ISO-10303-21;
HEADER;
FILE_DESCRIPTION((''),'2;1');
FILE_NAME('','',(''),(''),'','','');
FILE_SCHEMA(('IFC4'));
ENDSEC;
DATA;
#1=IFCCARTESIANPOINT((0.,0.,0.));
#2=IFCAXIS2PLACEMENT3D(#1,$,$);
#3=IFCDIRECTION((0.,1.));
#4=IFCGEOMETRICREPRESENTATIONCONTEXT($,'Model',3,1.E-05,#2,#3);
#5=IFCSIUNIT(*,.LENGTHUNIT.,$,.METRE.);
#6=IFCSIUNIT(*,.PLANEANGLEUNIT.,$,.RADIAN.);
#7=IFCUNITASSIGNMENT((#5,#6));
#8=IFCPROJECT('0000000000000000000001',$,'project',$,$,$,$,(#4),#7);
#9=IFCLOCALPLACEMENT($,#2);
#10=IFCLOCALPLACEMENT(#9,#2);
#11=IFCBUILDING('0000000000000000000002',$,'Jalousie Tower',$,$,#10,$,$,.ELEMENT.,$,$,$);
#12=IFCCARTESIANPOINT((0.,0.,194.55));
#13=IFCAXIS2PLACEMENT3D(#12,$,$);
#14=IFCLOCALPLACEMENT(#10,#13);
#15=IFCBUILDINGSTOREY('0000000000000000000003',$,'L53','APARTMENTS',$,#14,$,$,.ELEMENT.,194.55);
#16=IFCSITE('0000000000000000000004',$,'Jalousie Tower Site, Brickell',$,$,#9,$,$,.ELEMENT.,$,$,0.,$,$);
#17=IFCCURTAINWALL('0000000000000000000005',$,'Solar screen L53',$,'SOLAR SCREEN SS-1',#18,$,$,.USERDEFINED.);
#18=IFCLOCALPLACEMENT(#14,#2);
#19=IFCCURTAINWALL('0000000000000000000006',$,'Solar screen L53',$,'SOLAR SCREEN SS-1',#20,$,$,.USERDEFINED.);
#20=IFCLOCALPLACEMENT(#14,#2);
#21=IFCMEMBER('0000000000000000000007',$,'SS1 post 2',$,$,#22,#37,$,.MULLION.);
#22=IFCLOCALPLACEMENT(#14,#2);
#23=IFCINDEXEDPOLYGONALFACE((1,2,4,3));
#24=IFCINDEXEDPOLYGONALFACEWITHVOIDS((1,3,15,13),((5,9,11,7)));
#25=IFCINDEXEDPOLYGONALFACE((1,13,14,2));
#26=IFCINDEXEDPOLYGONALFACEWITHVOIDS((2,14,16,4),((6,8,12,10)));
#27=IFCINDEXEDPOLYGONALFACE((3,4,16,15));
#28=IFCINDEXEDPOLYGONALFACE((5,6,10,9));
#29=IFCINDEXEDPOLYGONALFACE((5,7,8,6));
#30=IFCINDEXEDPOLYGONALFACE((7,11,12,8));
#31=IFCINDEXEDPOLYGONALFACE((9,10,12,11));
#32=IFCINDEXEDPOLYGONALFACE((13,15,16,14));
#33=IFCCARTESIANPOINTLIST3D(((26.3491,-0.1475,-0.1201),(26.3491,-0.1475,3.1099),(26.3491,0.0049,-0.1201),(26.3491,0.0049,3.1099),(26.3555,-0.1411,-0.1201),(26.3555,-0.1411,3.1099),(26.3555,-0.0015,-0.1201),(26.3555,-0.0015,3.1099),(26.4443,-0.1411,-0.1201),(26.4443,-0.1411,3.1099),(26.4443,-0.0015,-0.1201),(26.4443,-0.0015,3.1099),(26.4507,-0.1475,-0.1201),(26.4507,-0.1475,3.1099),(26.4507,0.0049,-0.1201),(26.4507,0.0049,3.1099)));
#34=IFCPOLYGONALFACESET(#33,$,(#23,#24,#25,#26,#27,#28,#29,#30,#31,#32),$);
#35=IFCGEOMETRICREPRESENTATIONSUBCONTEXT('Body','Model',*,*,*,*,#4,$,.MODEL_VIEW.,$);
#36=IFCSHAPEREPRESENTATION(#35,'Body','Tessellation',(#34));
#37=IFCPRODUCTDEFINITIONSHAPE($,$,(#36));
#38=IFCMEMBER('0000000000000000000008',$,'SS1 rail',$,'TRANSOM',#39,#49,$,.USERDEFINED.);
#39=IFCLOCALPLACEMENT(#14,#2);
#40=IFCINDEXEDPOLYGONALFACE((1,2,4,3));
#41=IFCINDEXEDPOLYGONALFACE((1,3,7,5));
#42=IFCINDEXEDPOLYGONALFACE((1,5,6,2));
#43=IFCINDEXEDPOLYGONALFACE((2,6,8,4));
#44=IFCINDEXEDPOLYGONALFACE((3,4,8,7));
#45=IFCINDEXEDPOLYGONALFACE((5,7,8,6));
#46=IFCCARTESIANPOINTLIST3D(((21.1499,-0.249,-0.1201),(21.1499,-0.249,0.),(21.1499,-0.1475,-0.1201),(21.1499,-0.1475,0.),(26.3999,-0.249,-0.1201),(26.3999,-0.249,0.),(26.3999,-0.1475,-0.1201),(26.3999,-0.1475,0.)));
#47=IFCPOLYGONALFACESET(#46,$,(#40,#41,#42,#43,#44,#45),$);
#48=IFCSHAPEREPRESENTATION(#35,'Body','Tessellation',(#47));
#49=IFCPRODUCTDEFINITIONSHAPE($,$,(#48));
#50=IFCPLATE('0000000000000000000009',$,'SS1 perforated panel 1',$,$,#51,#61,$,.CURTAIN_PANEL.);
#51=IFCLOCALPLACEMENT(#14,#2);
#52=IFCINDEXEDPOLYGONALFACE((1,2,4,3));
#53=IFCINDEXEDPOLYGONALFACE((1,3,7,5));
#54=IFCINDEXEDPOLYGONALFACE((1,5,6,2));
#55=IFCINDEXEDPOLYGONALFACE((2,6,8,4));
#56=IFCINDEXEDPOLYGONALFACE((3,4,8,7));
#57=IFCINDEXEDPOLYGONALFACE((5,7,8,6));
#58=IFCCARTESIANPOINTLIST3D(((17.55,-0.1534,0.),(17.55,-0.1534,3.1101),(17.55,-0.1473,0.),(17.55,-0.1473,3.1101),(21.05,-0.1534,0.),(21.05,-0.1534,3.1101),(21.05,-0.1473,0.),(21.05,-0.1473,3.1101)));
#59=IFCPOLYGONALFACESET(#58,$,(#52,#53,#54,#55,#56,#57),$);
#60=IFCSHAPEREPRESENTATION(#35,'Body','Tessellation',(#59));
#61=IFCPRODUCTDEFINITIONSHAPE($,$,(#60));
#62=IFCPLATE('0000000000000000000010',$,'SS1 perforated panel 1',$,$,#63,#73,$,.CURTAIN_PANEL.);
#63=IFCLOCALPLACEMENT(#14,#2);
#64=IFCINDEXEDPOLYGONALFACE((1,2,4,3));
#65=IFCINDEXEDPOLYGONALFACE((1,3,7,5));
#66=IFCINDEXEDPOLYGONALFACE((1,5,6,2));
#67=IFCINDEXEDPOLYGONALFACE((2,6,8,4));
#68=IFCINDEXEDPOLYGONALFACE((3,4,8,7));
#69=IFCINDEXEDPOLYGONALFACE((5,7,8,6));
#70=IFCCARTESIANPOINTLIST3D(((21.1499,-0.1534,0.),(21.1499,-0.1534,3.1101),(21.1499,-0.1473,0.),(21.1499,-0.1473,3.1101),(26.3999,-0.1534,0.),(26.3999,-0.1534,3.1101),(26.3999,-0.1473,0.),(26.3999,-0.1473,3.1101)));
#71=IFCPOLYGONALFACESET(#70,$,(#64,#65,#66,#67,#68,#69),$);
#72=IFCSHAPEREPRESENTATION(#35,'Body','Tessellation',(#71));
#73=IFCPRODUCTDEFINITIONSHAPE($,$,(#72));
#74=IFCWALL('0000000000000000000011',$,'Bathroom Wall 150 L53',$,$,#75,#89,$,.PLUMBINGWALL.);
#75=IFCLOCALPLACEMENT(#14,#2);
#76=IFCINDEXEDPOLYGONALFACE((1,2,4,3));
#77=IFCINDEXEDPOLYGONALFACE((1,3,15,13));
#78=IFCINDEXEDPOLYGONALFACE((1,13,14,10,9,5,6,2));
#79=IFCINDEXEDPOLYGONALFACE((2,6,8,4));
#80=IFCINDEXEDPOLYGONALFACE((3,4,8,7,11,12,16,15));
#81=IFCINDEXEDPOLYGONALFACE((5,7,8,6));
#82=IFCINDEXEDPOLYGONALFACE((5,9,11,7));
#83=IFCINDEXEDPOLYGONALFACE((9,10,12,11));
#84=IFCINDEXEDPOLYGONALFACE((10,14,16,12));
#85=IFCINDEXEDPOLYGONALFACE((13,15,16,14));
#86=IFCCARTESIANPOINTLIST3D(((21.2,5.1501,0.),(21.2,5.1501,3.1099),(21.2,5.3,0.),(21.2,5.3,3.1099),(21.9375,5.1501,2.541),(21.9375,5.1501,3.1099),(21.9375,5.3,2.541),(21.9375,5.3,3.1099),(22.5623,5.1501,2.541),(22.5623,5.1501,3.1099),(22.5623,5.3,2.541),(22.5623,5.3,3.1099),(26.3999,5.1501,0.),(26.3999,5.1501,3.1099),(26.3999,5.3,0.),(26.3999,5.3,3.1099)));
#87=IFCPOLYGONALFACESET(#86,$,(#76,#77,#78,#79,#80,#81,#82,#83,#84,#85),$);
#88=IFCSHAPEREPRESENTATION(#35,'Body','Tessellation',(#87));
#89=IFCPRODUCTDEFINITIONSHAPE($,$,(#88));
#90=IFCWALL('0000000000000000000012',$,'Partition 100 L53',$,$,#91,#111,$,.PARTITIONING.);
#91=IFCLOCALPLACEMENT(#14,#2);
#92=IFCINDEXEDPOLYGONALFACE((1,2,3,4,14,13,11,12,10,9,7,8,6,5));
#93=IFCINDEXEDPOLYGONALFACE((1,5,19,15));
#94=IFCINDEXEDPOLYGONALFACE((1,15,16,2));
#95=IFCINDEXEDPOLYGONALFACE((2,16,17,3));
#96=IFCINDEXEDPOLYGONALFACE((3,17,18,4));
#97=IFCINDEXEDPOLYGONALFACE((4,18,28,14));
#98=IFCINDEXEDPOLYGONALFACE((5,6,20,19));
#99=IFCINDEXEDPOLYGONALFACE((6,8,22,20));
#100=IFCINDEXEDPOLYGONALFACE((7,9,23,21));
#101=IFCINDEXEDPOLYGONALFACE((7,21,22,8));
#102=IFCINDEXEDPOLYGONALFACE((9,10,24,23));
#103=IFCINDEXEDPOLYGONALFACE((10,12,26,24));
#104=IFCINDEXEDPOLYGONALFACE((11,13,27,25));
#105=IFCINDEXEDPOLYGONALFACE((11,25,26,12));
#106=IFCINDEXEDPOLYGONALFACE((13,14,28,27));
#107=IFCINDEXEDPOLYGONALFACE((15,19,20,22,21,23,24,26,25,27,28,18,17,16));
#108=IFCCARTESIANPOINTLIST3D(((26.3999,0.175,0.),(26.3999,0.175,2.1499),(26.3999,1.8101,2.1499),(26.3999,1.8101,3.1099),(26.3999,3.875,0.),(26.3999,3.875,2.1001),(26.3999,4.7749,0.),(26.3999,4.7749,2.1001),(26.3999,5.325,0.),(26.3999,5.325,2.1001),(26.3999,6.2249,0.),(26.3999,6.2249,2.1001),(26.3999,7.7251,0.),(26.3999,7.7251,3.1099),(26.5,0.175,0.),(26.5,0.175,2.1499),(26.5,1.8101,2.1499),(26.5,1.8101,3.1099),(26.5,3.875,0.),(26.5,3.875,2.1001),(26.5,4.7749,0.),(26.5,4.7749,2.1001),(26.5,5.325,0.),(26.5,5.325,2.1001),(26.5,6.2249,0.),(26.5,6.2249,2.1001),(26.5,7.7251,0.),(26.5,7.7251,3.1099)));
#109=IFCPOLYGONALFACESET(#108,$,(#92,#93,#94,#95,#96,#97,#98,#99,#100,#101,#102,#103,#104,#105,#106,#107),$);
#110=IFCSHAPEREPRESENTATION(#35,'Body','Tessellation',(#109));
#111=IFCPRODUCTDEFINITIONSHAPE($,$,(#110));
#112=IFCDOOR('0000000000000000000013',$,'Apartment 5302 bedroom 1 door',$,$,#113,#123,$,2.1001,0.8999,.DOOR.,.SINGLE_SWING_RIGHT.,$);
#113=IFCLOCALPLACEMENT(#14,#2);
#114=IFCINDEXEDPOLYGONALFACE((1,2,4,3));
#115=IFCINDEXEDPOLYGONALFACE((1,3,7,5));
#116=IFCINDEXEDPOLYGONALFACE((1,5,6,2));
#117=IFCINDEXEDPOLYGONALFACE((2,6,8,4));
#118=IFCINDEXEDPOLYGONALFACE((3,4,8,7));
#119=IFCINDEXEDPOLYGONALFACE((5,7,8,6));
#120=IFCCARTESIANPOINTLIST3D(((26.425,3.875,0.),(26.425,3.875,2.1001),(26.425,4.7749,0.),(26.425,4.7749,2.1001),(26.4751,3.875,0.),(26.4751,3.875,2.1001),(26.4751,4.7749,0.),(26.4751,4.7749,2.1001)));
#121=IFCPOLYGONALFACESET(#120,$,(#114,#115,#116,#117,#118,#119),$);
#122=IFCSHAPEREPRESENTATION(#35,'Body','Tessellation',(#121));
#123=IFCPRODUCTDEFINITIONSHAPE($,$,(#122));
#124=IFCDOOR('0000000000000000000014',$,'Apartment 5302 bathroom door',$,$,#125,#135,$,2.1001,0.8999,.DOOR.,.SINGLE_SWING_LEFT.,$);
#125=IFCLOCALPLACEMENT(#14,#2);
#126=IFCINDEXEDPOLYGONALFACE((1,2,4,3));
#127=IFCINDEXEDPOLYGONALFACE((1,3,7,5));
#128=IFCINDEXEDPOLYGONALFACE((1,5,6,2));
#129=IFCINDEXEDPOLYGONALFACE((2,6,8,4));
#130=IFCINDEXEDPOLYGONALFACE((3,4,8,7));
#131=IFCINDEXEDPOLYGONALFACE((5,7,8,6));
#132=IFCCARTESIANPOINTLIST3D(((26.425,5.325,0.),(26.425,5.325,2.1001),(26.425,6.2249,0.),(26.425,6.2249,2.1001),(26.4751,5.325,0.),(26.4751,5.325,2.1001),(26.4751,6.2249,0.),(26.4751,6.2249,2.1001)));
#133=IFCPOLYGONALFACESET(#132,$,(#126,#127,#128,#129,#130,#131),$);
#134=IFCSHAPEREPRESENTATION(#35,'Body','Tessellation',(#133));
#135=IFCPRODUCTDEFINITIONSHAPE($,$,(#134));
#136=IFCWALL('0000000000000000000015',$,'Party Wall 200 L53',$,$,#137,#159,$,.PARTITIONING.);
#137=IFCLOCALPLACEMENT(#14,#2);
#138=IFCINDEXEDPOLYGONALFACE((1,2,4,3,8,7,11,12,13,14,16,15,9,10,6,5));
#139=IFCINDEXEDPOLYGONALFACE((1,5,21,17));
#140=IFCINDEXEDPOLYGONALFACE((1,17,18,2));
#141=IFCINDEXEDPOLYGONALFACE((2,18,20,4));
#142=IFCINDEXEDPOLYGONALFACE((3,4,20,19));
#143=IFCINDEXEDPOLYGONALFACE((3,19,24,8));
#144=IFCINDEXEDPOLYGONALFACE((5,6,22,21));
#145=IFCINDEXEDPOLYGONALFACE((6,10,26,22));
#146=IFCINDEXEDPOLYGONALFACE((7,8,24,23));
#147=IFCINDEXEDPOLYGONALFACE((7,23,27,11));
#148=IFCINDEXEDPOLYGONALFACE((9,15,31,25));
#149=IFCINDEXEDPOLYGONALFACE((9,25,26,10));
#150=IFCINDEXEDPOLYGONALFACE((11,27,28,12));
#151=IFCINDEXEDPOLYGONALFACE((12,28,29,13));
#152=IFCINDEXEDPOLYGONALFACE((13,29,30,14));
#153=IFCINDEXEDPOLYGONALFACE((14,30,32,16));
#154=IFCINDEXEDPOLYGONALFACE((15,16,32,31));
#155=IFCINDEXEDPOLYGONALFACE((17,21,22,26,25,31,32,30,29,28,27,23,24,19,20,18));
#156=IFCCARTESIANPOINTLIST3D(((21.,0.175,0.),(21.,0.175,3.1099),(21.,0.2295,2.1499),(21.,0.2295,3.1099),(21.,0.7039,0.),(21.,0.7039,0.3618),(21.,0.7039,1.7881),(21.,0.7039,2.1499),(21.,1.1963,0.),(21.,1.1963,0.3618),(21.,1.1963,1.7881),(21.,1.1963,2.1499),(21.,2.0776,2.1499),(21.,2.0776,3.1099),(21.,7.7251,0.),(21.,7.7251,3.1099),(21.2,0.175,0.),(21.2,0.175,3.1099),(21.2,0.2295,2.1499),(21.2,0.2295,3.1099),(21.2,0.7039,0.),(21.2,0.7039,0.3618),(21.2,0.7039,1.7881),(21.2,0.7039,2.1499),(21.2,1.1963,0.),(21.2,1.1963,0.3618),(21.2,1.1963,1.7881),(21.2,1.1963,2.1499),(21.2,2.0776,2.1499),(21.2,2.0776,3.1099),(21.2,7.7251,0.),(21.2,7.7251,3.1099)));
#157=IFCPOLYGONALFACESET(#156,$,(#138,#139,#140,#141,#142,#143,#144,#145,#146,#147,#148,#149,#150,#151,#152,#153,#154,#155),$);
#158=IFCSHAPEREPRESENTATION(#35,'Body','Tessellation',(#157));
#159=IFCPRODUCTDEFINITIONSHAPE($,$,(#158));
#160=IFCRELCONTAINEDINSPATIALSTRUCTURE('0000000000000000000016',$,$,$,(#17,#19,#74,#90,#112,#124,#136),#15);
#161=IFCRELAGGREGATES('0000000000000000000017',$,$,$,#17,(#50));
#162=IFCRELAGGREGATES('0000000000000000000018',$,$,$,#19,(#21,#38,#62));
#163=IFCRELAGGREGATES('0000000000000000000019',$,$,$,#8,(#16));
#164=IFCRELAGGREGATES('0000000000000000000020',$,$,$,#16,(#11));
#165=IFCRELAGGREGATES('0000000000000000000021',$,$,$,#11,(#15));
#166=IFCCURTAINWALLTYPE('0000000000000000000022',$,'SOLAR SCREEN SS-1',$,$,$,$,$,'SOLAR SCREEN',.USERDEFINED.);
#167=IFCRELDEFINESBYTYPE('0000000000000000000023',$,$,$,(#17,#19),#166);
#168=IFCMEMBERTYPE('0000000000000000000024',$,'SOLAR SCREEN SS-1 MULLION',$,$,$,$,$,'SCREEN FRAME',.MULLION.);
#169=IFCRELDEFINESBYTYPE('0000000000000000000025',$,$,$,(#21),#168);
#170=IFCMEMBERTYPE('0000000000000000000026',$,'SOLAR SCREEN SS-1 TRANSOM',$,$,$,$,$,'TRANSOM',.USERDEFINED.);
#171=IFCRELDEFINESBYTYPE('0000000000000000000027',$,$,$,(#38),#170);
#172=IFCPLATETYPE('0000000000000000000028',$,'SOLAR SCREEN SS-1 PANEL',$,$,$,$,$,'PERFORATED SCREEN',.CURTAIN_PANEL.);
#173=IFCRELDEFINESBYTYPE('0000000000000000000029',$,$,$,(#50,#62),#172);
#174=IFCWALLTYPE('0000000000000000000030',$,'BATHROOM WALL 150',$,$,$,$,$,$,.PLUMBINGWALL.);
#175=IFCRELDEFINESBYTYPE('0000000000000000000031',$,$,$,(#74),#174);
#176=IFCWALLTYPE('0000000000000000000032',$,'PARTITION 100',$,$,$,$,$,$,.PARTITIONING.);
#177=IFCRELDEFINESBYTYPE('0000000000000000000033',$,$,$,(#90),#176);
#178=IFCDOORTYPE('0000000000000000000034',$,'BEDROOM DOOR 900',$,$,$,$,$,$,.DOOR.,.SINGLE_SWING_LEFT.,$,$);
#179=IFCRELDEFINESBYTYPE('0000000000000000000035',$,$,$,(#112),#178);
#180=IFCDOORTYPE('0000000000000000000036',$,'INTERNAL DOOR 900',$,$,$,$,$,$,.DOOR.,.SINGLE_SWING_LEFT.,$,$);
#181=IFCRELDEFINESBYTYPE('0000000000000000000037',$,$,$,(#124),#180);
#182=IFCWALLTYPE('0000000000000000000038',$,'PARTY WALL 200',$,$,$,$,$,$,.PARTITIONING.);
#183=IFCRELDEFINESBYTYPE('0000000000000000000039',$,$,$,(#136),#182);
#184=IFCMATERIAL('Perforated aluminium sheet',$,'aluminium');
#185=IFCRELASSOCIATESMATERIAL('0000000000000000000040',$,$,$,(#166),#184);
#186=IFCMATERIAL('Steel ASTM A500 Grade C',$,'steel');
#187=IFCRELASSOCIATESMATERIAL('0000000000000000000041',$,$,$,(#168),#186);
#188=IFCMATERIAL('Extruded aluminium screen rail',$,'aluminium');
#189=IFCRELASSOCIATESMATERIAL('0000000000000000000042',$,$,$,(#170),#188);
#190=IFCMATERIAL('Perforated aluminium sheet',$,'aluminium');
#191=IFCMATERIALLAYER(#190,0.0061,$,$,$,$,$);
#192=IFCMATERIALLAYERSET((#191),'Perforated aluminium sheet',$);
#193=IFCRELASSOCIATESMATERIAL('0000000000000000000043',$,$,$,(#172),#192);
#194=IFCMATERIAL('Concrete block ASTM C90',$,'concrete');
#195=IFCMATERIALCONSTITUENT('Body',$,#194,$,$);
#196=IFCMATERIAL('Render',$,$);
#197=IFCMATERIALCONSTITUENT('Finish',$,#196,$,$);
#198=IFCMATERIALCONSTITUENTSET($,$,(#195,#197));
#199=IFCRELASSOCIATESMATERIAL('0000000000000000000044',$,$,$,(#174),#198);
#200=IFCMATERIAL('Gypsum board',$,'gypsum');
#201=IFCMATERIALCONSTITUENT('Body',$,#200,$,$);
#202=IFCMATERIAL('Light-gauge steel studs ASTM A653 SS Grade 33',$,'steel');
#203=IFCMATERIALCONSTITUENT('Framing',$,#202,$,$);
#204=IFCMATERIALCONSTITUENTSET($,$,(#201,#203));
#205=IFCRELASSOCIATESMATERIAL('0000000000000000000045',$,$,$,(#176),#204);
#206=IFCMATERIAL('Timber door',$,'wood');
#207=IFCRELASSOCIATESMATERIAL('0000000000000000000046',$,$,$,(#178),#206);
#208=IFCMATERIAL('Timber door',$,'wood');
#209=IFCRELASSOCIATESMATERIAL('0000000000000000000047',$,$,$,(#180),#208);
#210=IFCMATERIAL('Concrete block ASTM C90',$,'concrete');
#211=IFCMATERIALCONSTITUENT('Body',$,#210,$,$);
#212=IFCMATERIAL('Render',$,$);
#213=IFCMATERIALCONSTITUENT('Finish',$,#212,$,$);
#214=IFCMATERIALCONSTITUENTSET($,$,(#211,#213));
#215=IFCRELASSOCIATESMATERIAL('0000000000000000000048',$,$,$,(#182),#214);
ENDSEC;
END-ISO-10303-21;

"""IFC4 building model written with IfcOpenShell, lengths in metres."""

from ifc_helpers import new_model, si_unit, direction, frame, frame_2d, origin, origin_2d, place, context, subcontext, project, spatial, polyline, rectangle, hollow_rectangle, outline, extrude, material, layer, layer_set, constituent, constituent_set, material_profile, profile_set, type_object, element, fill, aggregate, save


model = new_model("IFC4")

# Units and contexts
model_context = context("Model", 3, precision=1e-05, world=origin(), true_north=direction((0.0, 1.0)))
body_context = subcontext(model_context, "Body", "Model", "MODEL_VIEW")
ifc_project = project(units=[si_unit("LENGTHUNIT", "METRE"), si_unit("PLANEANGLEUNIT", "RADIAN")], contexts=[model_context])

# Site, building, storey
site_placement = place(None, origin())
site = spatial("IfcSite", under=ifc_project, at=site_placement, Name="Jalousie Tower Site, Brickell", CompositionType="ELEMENT", RefElevation=0.0)
building_placement = place(site_placement, origin())
building = spatial("IfcBuilding", under=site, at=building_placement, Name="Jalousie Tower", CompositionType="ELEMENT")
storey_placement = place(building_placement, frame((0.0, 0.0, 194.55)))
storey = spatial("IfcBuildingStorey", under=building, at=storey_placement, Name="L53", Description="APARTMENTS", CompositionType="ELEMENT", Elevation=194.55)

# Curtain wall
ifc_material_1 = material(Name="Perforated aluminium sheet", Category="aluminium")
curtain_wall_type = type_object("IfcCurtainWallType", Name="SOLAR SCREEN SS-1", ElementType="SOLAR SCREEN", PredefinedType="USERDEFINED", material=ifc_material_1)
curtain_wall_1_placement = place(storey_placement, origin())
curtain_wall_1 = element("IfcCurtainWall", 1, at=curtain_wall_1_placement, inside=storey, type_object=curtain_wall_type, Name="Solar screen L53", ObjectType="SOLAR SCREEN SS-1", PredefinedType="USERDEFINED")
ifc_material_2 = material(Name="Steel ASTM A500 Grade C", Category="steel")
ifc_material_profile_1 = material_profile(ifc_material_2, hollow_rectangle(XDim=0.1016, YDim=0.1523, WallThickness=0.0063, at=origin_2d()), Name="HSS6X4X1/4")
ifc_profile_set_1 = profile_set([ifc_material_profile_1], Name="Steel ASTM A500 Grade C")
member_type_1 = type_object("IfcMemberType", Name="SOLAR SCREEN SS-1 MULLION", ElementType="SCREEN FRAME", PredefinedType="MULLION", material=ifc_profile_set_1)

# Curtain wall, members
curtain_wall_2_placement = place(storey_placement, origin())
curtain_wall_2 = element("IfcCurtainWall", 2, at=curtain_wall_2_placement, inside=storey, type_object=curtain_wall_type, Name="Solar screen L53", ObjectType="SOLAR SCREEN SS-1", PredefinedType="USERDEFINED")
member_1_placement = place(storey_placement, frame((26.3999, -0.0713, -0.1201), z_axis=(0.0, 0.0, 1.0), x_axis=(1.0, 0.0, 0.0)))
member_1 = element("IfcMember", 3, at=member_1_placement, type_object=member_type_1, Name="SS1 post 2", PredefinedType="MULLION", context=body_context, shape_type="SweptSolid", body=[
    extrude(hollow_rectangle(XDim=0.1016, YDim=0.1523, WallThickness=0.0063, at=origin_2d()), origin(), (0.0, 0.0, 1.0), 3.23),
])
ifc_material_3 = material(Name="Extruded aluminium screen rail", Category="aluminium")
ifc_material_profile_2 = material_profile(ifc_material_3, rectangle(XDim=0.1016, YDim=0.1201, at=origin_2d()), Name="RAIL 102x120")
ifc_profile_set_2 = profile_set([ifc_material_profile_2], Name="Extruded aluminium screen rail")
member_type_2 = type_object("IfcMemberType", Name="SOLAR SCREEN SS-1 TRANSOM", ElementType="TRANSOM", PredefinedType="USERDEFINED", material=ifc_profile_set_2)
member_2_placement = place(storey_placement, frame((21.1499, -0.1982, -0.0601), z_axis=(1.0, 0.0, 0.0), x_axis=(0.0, 1.0, 0.0)))
member_2 = element("IfcMember", 4, at=member_2_placement, type_object=member_type_2, Name="SS1 rail", ObjectType="TRANSOM", PredefinedType="USERDEFINED", context=body_context, shape_type="SweptSolid", body=[
    extrude(rectangle(XDim=0.1016, YDim=0.1201, at=origin_2d()), origin(), (0.0, 0.0, 1.0), 5.25),
])

# Plates
ifc_material_4 = material(Name="Perforated aluminium sheet", Category="aluminium")
ifc_layer_1 = layer(ifc_material_4, 0.0061)
ifc_layer_set_1 = layer_set([ifc_layer_1], Name="Perforated aluminium sheet")
plate_type = type_object("IfcPlateType", Name="SOLAR SCREEN SS-1 PANEL", ElementType="PERFORATED SCREEN", PredefinedType="CURTAIN_PANEL", material=ifc_layer_set_1)
plate_1_placement = place(storey_placement, frame((19.3, -0.1504, 0.0), z_axis=(0.0, 0.0, 1.0), x_axis=(1.0, 0.0, 0.0)))
plate_1 = element("IfcPlate", 5, at=plate_1_placement, type_object=plate_type, Name="SS1 perforated panel 1", PredefinedType="CURTAIN_PANEL", context=body_context, shape_type="SweptSolid", body=[
    extrude(rectangle(XDim=3.5, YDim=0.0061, at=origin_2d()), origin(), (0.0, 0.0, 1.0), 3.1101),
])
aggregate(curtain_wall_1, [plate_1])
plate_2_placement = place(storey_placement, frame((23.7749, -0.1504, 0.0), z_axis=(0.0, 0.0, 1.0), x_axis=(1.0, 0.0, 0.0)))
plate_2 = element("IfcPlate", 6, at=plate_2_placement, type_object=plate_type, Name="SS1 perforated panel 1", PredefinedType="CURTAIN_PANEL", context=body_context, shape_type="SweptSolid", body=[
    extrude(rectangle(XDim=5.25, YDim=0.0061, at=origin_2d()), origin(), (0.0, 0.0, 1.0), 3.1101),
])
aggregate(curtain_wall_2, [member_1, member_2, plate_2])

# Wall
ifc_material_5 = material(Name="Concrete block ASTM C90", Category="concrete")
ifc_constituent_1 = constituent(ifc_material_5, Name="Body")
ifc_material_6 = material(Name="Render")
ifc_constituent_2 = constituent(ifc_material_6, Name="Finish")
ifc_constituent_set_1 = constituent_set(constituents=[ifc_constituent_1, ifc_constituent_2])
wall_type_1 = type_object("IfcWallType", Name="BATHROOM WALL 150", PredefinedType="PLUMBINGWALL", material=ifc_constituent_set_1)
wall_1_placement = place(storey_placement, frame((21.2, 5.2251, 0.0), z_axis=(0.0, 0.0, 1.0), x_axis=(1.0, 0.0, 0.0)))
element("IfcWall", 7, at=wall_1_placement, inside=storey, type_object=wall_type_1, Name="Bathroom Wall 150 L53", PredefinedType="PLUMBINGWALL", context=body_context, shape_type="SweptSolid", body=[
    extrude(outline(polyline([(0.0, 0.0), (5.2, 0.0), (5.2, 3.1099), (1.3623, 3.1099), (1.3623, 2.541), (0.7375, 2.541), (0.7375, 3.1099), (0.0, 3.1099), (0.0, 0.0)])), frame((0.0, 0.075, 0.0), z_axis=(0.0, -1.0, 0.0), x_axis=(1.0, 0.0, 0.0)), (0.0, 0.0, 1.0), 0.1499),
])

# Wall, openings, doors
ifc_material_7 = material(Name="Gypsum board", Category="gypsum")
ifc_constituent_3 = constituent(ifc_material_7, Name="Body")
ifc_material_8 = material(Name="Light-gauge steel studs ASTM A653 SS Grade 33", Category="steel")
ifc_constituent_4 = constituent(ifc_material_8, Name="Framing")
ifc_constituent_set_2 = constituent_set(constituents=[ifc_constituent_3, ifc_constituent_4])
wall_type_2 = type_object("IfcWallType", Name="PARTITION 100", PredefinedType="PARTITIONING", material=ifc_constituent_set_2)
wall_2_placement = place(storey_placement, frame((26.45, 0.175, 0.0), z_axis=(0.0, 0.0, 1.0), x_axis=(0.0, 1.0, 0.0)))
wall_2 = element("IfcWall", 8, at=wall_2_placement, inside=storey, type_object=wall_type_2, Name="Partition 100 L53", PredefinedType="PARTITIONING", context=body_context, shape_type="SweptSolid", body=[
    extrude(outline(polyline([(0.0, 0.0), (7.55, 0.0), (7.55, 3.1099), (1.635, 3.1099), (1.635, 2.1499), (0.0, 2.1499), (0.0, 3.1099), (0.0, 0.0)])), frame((0.0, 0.05, 0.0), z_axis=(0.0, -1.0, 0.0), x_axis=(1.0, 0.0, 0.0)), (0.0, 0.0, 1.0), 0.1001),
])
opening_1_placement = place(wall_2_placement, frame((3.7, 0.0, 0.0)))
opening_1 = element("IfcOpeningElement", 9, at=opening_1_placement, cuts=wall_2, PredefinedType="OPENING", context=body_context, shape_type="SweptSolid", body=[
    extrude(rectangle(XDim=0.8999, YDim=2.1001, at=frame_2d((0.45, 1.05))), frame((0.0, 0.0601, 0.0), z_axis=(0.0, -1.0, 0.0), x_axis=(1.0, 0.0, 0.0)), (0.0, 0.0, 1.0), 0.1201),
])
opening_2_placement = place(wall_2_placement, frame((5.1499, 0.0, 0.0)))
opening_2 = element("IfcOpeningElement", 10, at=opening_2_placement, cuts=wall_2, PredefinedType="OPENING", context=body_context, shape_type="SweptSolid", body=[
    extrude(rectangle(XDim=0.8999, YDim=2.1001, at=frame_2d((0.45, 1.05))), frame((0.0, 0.0601, 0.0), z_axis=(0.0, -1.0, 0.0), x_axis=(1.0, 0.0, 0.0)), (0.0, 0.0, 1.0), 0.1201),
])
ifc_material_9 = material(Name="Timber door", Category="wood")
door_type_1 = type_object("IfcDoorType", Name="BEDROOM DOOR 900", OperationType="SINGLE_SWING_LEFT", PredefinedType="DOOR", material=ifc_material_9)
door_1_placement = place(opening_1_placement, origin())
door_1 = element("IfcDoor", 11, at=door_1_placement, inside=storey, type_object=door_type_1, Name="Apartment 5302 bedroom 1 door", OperationType="SINGLE_SWING_RIGHT", OverallHeight=2.1001, OverallWidth=0.8999, PredefinedType="DOOR", context=body_context, shape_type="SweptSolid", body=[
    extrude(rectangle(XDim=0.8999, YDim=2.1001, at=frame_2d((0.45, 1.05))), frame((0.0, 0.0249, 0.0), z_axis=(0.0, -1.0, 0.0), x_axis=(1.0, 0.0, 0.0)), (0.0, 0.0, 1.0), 0.05),
])
fill(opening_1, door_1)
ifc_material_10 = material(Name="Timber door", Category="wood")
door_type_2 = type_object("IfcDoorType", Name="INTERNAL DOOR 900", OperationType="SINGLE_SWING_LEFT", PredefinedType="DOOR", material=ifc_material_10)
door_2_placement = place(opening_2_placement, origin())
door_2 = element("IfcDoor", 12, at=door_2_placement, inside=storey, type_object=door_type_2, Name="Apartment 5302 bathroom door", OperationType="SINGLE_SWING_LEFT", OverallHeight=2.1001, OverallWidth=0.8999, PredefinedType="DOOR", context=body_context, shape_type="SweptSolid", body=[
    extrude(rectangle(XDim=0.8999, YDim=2.1001, at=frame_2d((0.45, 1.05))), frame((0.0, 0.0249, 0.0), z_axis=(0.0, -1.0, 0.0), x_axis=(1.0, 0.0, 0.0)), (0.0, 0.0, 1.0), 0.05),
])
fill(opening_2, door_2)

# Wall
ifc_material_11 = material(Name="Concrete block ASTM C90", Category="concrete")
ifc_constituent_5 = constituent(ifc_material_11, Name="Body")
ifc_material_12 = material(Name="Render")
ifc_constituent_6 = constituent(ifc_material_12, Name="Finish")
ifc_constituent_set_3 = constituent_set(constituents=[ifc_constituent_5, ifc_constituent_6])
wall_type_3 = type_object("IfcWallType", Name="PARTY WALL 200", PredefinedType="PARTITIONING", material=ifc_constituent_set_3)
wall_3_placement = place(storey_placement, frame((21.1001, 0.175, 0.0), z_axis=(0.0, 0.0, 1.0), x_axis=(0.0, 1.0, 0.0)))
element("IfcWall", 13, at=wall_3_placement, inside=storey, type_object=wall_type_3, Name="Party Wall 200 L53", PredefinedType="PARTITIONING", context=body_context, shape_type="SweptSolid", body=[
    extrude(outline(polyline([(0.0544, 3.1099), (0.0, 3.1099), (0.0, 0.0), (0.5288, 0.0), (0.5288, 0.3618), (1.0212, 0.3618), (1.0212, 0.0), (7.55, 0.0), (7.55, 3.1099), (1.9026, 3.1099), (1.9026, 2.1499), (1.0212, 2.1499), (1.0212, 1.7881), (0.5288, 1.7881), (0.5288, 2.1499), (0.0544, 2.1499), (0.0544, 3.1099)])), frame((0.0, 0.1001, 0.0), z_axis=(0.0, -1.0, 0.0), x_axis=(1.0, 0.0, 0.0)), (0.0, 0.0, 1.0), 0.2),
])

save(model, "model.ifc")
